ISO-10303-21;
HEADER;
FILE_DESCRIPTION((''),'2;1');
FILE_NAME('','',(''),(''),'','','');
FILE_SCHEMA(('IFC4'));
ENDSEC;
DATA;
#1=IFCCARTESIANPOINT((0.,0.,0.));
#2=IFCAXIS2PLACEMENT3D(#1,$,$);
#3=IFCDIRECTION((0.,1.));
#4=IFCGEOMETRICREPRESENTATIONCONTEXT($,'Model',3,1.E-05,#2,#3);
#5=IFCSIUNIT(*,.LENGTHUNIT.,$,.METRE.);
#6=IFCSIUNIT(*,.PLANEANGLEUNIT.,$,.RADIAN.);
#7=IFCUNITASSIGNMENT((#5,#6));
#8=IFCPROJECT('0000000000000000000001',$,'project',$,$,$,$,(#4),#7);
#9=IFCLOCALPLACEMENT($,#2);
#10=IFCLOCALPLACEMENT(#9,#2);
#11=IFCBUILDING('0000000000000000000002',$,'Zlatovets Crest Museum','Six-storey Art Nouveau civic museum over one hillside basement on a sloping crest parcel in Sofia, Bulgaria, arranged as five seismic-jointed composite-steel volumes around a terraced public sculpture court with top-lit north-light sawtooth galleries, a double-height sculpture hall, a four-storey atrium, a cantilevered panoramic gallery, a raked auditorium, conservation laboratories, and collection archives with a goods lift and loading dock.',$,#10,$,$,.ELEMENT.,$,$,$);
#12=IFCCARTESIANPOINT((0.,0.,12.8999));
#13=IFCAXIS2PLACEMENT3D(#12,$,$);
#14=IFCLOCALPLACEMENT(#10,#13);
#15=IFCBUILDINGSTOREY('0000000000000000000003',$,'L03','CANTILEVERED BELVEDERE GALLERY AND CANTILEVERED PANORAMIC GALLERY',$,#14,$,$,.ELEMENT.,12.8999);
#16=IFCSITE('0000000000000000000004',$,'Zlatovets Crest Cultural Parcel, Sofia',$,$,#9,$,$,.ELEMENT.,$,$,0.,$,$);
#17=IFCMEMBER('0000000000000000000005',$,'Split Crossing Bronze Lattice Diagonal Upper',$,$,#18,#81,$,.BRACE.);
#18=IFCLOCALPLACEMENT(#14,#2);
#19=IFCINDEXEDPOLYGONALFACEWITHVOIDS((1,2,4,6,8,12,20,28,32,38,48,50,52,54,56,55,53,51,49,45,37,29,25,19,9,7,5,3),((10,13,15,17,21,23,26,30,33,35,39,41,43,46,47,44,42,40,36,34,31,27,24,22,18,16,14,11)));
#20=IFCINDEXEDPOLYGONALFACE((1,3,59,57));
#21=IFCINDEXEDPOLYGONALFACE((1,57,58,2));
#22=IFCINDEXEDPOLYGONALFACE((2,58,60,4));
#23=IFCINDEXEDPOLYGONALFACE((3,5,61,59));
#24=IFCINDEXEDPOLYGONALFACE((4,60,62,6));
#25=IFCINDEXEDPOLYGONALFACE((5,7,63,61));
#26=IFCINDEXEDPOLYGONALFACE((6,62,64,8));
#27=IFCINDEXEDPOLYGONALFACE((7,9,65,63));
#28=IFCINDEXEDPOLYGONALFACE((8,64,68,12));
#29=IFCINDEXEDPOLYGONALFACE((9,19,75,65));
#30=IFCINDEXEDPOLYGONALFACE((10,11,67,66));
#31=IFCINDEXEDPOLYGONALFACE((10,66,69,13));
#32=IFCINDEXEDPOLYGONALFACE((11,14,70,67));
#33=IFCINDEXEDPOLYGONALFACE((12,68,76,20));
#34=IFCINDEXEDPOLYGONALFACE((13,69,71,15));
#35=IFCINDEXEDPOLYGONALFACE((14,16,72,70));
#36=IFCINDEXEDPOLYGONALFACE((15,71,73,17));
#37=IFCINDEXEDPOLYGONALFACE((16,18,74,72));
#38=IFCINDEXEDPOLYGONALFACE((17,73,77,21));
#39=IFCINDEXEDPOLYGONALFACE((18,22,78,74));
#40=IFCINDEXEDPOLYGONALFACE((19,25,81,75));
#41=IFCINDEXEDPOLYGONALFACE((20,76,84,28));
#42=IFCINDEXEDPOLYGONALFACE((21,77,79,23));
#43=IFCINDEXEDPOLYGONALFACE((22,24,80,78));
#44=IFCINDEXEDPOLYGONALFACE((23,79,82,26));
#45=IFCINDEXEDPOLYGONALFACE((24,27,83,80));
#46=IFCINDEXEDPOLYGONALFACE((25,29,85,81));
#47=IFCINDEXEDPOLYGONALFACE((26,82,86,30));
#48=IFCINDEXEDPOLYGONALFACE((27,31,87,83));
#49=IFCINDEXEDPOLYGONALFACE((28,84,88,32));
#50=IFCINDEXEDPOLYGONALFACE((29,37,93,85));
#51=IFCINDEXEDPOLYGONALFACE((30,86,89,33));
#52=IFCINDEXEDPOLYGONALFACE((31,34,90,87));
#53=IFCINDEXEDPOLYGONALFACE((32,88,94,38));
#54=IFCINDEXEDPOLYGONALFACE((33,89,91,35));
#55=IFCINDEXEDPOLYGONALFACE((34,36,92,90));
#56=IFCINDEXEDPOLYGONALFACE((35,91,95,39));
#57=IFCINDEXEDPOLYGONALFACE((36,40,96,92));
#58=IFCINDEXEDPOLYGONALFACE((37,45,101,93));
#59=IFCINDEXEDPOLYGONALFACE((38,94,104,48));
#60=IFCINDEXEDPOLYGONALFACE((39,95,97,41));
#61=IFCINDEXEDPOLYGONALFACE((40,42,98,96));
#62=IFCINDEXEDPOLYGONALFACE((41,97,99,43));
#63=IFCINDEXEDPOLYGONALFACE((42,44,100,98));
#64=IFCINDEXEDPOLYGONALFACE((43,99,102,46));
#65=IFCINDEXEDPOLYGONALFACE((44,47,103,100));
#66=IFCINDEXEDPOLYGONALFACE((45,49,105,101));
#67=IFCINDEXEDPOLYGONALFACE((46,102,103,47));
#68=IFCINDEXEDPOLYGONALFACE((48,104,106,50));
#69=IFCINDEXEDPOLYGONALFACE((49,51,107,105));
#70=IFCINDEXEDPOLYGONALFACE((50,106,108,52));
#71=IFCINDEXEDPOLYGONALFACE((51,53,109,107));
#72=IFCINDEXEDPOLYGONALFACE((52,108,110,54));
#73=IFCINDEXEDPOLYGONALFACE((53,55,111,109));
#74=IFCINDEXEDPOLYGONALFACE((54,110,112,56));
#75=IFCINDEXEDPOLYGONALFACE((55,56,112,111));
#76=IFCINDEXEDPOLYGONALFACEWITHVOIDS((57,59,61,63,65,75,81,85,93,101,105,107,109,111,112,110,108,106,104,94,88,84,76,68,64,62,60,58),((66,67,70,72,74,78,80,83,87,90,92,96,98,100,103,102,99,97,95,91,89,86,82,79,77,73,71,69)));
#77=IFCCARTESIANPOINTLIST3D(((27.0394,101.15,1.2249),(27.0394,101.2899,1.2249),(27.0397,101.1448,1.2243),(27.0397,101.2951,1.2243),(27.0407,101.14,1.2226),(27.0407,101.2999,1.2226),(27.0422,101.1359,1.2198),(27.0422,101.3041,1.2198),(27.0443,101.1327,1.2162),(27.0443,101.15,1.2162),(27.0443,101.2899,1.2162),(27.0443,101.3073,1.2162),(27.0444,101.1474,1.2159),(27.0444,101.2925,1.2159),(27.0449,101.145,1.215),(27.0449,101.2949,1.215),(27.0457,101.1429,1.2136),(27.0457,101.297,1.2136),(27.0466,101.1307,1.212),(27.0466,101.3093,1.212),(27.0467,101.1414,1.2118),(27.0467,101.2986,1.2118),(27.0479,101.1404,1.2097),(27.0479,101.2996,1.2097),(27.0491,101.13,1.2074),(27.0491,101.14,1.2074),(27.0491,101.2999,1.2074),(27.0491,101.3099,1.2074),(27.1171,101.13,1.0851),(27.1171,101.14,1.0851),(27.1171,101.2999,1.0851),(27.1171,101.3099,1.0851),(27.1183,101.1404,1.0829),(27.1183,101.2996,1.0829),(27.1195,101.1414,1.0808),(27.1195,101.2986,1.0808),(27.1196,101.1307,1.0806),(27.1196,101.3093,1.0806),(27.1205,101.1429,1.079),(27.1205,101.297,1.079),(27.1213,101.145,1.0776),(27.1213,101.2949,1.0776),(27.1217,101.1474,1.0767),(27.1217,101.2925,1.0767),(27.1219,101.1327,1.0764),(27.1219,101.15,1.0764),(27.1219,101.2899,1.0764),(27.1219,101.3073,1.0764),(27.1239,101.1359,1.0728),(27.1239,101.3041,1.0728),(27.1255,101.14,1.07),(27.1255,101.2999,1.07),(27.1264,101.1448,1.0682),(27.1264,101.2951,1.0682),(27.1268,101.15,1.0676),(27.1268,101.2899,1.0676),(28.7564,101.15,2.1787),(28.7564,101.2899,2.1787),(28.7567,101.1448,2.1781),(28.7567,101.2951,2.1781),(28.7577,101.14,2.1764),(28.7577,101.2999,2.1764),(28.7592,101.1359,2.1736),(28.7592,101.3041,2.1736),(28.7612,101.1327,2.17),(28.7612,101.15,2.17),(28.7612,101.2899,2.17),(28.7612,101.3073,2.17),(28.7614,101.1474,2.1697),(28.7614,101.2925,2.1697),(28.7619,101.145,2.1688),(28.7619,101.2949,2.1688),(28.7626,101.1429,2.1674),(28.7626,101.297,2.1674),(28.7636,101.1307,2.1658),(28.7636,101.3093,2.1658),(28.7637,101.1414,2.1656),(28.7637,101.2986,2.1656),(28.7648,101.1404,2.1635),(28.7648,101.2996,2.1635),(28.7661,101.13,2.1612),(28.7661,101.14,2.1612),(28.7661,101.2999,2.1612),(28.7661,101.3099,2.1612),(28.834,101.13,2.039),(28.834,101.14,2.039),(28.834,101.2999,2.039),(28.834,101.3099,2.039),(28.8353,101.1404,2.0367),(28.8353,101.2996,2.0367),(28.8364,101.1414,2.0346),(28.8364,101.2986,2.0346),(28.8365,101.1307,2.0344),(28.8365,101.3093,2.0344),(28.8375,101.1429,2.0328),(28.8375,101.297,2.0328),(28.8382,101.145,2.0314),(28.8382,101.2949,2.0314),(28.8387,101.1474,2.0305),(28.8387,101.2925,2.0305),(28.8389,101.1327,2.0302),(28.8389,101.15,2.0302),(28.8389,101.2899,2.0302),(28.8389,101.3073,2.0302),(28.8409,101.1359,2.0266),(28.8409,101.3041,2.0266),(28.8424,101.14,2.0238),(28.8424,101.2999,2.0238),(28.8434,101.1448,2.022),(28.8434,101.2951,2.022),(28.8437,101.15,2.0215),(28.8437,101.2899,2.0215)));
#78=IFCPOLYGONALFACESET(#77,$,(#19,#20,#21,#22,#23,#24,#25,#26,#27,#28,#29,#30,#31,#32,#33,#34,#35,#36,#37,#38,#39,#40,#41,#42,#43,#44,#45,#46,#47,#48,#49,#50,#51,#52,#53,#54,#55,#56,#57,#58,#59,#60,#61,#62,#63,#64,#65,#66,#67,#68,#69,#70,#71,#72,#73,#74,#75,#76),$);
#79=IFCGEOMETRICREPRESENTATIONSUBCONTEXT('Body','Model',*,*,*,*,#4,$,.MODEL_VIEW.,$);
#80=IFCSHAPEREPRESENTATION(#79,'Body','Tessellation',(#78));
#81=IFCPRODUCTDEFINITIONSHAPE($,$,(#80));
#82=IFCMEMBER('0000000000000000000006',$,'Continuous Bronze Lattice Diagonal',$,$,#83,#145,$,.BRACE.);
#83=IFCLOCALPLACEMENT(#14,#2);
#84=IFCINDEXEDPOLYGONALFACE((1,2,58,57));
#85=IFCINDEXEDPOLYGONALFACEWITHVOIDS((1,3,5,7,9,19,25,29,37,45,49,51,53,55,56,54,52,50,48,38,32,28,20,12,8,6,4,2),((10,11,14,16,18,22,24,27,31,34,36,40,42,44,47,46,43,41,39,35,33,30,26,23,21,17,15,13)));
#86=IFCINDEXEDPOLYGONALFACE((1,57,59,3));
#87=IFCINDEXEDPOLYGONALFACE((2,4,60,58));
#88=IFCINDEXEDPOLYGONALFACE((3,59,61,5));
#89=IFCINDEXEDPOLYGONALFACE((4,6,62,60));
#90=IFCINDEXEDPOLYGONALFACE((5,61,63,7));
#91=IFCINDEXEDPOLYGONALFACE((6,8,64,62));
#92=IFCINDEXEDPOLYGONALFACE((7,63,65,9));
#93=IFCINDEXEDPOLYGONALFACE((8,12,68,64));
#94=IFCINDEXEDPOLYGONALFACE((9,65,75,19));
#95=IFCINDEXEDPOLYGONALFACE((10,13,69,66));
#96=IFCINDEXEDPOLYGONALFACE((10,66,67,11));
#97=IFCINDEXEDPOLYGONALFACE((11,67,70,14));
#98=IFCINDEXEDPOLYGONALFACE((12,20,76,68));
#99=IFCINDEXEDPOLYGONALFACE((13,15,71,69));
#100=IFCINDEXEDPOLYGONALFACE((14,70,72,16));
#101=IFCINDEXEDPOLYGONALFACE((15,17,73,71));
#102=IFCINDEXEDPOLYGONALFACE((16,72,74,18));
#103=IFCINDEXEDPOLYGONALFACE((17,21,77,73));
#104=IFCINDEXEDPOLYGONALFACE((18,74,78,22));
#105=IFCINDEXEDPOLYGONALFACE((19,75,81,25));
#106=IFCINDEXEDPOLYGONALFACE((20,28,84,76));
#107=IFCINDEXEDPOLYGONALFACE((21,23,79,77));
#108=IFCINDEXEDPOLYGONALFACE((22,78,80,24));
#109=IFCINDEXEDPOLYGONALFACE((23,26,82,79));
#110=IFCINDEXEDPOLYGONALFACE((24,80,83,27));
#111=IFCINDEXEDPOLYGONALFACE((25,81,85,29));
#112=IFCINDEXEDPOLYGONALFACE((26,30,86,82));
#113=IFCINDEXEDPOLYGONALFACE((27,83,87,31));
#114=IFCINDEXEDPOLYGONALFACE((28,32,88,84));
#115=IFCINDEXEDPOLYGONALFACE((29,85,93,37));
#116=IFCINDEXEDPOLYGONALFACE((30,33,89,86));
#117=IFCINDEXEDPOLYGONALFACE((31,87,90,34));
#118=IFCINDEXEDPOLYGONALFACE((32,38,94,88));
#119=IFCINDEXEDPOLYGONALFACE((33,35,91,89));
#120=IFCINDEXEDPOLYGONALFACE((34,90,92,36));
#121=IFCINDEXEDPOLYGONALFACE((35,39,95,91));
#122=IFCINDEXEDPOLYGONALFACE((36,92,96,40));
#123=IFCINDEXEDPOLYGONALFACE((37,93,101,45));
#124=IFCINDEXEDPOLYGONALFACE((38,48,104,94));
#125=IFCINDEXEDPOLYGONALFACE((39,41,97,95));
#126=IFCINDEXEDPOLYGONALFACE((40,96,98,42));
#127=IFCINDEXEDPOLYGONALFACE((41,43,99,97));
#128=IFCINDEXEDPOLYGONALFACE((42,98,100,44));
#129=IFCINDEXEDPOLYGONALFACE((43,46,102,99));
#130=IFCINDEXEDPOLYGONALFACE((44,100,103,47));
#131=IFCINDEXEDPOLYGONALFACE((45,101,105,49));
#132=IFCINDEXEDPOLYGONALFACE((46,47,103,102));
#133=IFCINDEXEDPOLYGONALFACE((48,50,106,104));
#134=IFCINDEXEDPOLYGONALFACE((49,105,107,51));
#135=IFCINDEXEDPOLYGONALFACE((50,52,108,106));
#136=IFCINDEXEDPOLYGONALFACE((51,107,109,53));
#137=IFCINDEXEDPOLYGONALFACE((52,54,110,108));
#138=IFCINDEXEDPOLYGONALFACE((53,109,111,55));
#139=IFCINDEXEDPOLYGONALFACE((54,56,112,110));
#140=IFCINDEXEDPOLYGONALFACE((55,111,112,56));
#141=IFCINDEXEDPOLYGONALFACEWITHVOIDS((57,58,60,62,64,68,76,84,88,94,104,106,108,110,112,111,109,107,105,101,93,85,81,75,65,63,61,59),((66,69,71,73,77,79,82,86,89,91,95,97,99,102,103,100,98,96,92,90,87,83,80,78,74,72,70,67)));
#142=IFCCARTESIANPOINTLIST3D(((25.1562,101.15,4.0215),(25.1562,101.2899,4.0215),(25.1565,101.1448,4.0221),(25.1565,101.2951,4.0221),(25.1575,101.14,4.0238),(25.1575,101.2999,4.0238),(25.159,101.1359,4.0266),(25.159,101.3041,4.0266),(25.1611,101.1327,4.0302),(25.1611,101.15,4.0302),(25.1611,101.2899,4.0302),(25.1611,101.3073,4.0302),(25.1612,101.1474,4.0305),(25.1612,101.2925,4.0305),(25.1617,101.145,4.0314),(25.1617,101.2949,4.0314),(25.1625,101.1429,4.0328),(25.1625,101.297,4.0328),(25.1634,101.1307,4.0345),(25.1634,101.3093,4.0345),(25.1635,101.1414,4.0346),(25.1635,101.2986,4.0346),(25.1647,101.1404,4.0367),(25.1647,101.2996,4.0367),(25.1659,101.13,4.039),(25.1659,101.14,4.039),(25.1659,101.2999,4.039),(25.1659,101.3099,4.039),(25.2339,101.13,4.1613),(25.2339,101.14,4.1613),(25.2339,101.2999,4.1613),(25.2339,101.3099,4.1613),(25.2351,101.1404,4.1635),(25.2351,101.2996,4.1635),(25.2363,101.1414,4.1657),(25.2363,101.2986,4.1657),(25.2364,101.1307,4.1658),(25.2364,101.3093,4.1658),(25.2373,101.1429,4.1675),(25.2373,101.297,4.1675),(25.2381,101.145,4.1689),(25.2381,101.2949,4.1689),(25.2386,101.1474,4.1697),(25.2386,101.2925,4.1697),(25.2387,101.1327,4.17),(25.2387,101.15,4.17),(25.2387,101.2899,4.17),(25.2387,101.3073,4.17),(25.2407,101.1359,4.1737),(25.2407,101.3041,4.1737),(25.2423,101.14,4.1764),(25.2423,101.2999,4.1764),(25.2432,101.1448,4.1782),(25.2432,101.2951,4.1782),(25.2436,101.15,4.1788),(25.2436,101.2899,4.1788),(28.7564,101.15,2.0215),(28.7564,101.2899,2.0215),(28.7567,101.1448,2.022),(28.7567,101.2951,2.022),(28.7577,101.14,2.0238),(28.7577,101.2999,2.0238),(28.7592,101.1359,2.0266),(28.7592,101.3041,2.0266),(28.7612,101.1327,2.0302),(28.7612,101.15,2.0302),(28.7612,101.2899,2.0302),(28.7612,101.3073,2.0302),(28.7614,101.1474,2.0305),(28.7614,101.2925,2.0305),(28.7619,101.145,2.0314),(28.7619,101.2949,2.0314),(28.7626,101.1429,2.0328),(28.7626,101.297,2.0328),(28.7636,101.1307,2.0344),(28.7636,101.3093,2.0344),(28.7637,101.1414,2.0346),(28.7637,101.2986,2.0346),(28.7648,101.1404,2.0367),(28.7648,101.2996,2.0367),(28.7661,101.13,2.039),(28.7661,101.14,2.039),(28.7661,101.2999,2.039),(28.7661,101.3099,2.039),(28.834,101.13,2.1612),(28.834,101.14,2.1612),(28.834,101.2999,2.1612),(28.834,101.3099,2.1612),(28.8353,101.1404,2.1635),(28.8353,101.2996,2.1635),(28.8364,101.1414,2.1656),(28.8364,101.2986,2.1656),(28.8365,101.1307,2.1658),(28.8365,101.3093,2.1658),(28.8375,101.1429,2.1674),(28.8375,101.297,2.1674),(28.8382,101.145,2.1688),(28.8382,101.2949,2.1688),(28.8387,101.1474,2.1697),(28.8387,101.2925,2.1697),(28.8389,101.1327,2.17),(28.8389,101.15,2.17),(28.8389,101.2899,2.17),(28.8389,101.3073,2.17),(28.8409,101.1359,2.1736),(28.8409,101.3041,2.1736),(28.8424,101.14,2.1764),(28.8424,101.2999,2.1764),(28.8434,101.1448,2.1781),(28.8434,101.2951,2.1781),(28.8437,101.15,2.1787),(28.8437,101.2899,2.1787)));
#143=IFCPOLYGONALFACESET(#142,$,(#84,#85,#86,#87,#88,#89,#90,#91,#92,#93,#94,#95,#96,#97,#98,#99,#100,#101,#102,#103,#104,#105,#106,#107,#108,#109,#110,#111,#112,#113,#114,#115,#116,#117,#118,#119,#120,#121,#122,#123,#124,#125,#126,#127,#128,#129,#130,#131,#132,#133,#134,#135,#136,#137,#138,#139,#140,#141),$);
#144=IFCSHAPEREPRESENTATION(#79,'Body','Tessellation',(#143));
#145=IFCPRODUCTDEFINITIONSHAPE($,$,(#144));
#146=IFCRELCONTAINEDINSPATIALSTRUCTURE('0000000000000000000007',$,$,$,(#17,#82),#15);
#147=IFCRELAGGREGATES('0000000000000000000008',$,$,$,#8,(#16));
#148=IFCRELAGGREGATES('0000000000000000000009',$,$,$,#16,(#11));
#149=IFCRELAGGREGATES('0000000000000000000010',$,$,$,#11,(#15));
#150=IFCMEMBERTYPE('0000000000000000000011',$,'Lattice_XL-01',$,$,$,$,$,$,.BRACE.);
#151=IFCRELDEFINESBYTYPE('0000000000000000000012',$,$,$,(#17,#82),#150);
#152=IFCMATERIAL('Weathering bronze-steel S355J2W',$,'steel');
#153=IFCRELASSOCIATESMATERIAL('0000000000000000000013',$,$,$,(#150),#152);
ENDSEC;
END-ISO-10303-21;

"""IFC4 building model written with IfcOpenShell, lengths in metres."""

from ifc_helpers import new_model, si_unit, direction, frame, origin, origin_2d, place, context, subcontext, project, spatial, hollow_rectangle, extrude, material, material_profile, profile_set, type_object, element, save


model = new_model("IFC4")

# Units and contexts
model_context = context("Model", 3, precision=1e-05, world=origin(), true_north=direction((0.0, 1.0)))
body_context = subcontext(model_context, "Body", "Model", "MODEL_VIEW")
ifc_project = project(units=[si_unit("LENGTHUNIT", "METRE"), si_unit("PLANEANGLEUNIT", "RADIAN")], contexts=[model_context])

# Site, building, storey
site_placement = place(None, origin())
site = spatial("IfcSite", under=ifc_project, at=site_placement, Name="Zlatovets Crest Cultural Parcel, Sofia", CompositionType="ELEMENT", RefElevation=0.0)
building_placement = place(site_placement, origin())
building = spatial("IfcBuilding", under=site, at=building_placement, Name="Zlatovets Crest Museum", Description="Six-storey Art Nouveau civic museum over one hillside basement on a sloping crest parcel in Sofia, Bulgaria, arranged as five seismic-jointed composite-steel volumes around a terraced public sculpture court with top-lit north-light sawtooth galleries, a double-height sculpture hall, a four-storey atrium, a cantilevered panoramic gallery, a raked auditorium, conservation laboratories, and collection archives with a goods lift and loading dock.", CompositionType="ELEMENT")
storey_placement = place(building_placement, frame((0.0, 0.0, 12.8999)))
storey = spatial("IfcBuildingStorey", under=building, at=storey_placement, Name="L03", Description="CANTILEVERED BELVEDERE GALLERY AND CANTILEVERED PANORAMIC GALLERY", CompositionType="ELEMENT", Elevation=12.8999)

# Members
ifc_material_1 = material(Name="Weathering bronze-steel S355J2W", Category="steel")
ifc_material_profile_1 = material_profile(ifc_material_1, hollow_rectangle(XDim=0.1799, YDim=0.1799, WallThickness=0.01, InnerFilletRadius=0.01, OuterFilletRadius=0.02, at=origin_2d()), Name="SHS 180x180x10.0")
ifc_profile_set_1 = profile_set([ifc_material_profile_1], Name="Weathering bronze-steel S355J2W")
member_type_1 = type_object("IfcMemberType", Name="Lattice_XL-01", PredefinedType="BRACE", material=ifc_profile_set_1)
member_1_placement = place(storey_placement, frame((28.8, 101.22, 2.1001), z_axis=(-0.874169, 0.0, -0.485622), x_axis=(0.0, -1.0, 0.0)))
element("IfcMember", 1, at=member_1_placement, inside=storey, type_object=member_type_1, Name="Split Crossing Bronze Lattice Diagonal Upper", PredefinedType="BRACE", context=body_context, shape_type="SweptSolid", body=[
    extrude(hollow_rectangle(XDim=0.1799, YDim=0.1799, WallThickness=0.01, InnerFilletRadius=0.01, OuterFilletRadius=0.02, at=origin_2d()), origin(), (0.0, 0.0, 1.0), 1.9641),
])
member_2_placement = place(storey_placement, frame((28.8, 101.22, 2.1001), z_axis=(-0.874163, 0.0, 0.485633), x_axis=(0.0, -1.0, 0.0)))
element("IfcMember", 2, at=member_2_placement, inside=storey, type_object=member_type_1, Name="Continuous Bronze Lattice Diagonal", PredefinedType="BRACE", context=body_context, shape_type="SweptSolid", body=[
    extrude(hollow_rectangle(XDim=0.1799, YDim=0.1799, WallThickness=0.01, InnerFilletRadius=0.01, OuterFilletRadius=0.02, at=origin_2d()), origin(), (0.0, 0.0, 1.0), 4.1184),
])

save(model, "model.ifc")
